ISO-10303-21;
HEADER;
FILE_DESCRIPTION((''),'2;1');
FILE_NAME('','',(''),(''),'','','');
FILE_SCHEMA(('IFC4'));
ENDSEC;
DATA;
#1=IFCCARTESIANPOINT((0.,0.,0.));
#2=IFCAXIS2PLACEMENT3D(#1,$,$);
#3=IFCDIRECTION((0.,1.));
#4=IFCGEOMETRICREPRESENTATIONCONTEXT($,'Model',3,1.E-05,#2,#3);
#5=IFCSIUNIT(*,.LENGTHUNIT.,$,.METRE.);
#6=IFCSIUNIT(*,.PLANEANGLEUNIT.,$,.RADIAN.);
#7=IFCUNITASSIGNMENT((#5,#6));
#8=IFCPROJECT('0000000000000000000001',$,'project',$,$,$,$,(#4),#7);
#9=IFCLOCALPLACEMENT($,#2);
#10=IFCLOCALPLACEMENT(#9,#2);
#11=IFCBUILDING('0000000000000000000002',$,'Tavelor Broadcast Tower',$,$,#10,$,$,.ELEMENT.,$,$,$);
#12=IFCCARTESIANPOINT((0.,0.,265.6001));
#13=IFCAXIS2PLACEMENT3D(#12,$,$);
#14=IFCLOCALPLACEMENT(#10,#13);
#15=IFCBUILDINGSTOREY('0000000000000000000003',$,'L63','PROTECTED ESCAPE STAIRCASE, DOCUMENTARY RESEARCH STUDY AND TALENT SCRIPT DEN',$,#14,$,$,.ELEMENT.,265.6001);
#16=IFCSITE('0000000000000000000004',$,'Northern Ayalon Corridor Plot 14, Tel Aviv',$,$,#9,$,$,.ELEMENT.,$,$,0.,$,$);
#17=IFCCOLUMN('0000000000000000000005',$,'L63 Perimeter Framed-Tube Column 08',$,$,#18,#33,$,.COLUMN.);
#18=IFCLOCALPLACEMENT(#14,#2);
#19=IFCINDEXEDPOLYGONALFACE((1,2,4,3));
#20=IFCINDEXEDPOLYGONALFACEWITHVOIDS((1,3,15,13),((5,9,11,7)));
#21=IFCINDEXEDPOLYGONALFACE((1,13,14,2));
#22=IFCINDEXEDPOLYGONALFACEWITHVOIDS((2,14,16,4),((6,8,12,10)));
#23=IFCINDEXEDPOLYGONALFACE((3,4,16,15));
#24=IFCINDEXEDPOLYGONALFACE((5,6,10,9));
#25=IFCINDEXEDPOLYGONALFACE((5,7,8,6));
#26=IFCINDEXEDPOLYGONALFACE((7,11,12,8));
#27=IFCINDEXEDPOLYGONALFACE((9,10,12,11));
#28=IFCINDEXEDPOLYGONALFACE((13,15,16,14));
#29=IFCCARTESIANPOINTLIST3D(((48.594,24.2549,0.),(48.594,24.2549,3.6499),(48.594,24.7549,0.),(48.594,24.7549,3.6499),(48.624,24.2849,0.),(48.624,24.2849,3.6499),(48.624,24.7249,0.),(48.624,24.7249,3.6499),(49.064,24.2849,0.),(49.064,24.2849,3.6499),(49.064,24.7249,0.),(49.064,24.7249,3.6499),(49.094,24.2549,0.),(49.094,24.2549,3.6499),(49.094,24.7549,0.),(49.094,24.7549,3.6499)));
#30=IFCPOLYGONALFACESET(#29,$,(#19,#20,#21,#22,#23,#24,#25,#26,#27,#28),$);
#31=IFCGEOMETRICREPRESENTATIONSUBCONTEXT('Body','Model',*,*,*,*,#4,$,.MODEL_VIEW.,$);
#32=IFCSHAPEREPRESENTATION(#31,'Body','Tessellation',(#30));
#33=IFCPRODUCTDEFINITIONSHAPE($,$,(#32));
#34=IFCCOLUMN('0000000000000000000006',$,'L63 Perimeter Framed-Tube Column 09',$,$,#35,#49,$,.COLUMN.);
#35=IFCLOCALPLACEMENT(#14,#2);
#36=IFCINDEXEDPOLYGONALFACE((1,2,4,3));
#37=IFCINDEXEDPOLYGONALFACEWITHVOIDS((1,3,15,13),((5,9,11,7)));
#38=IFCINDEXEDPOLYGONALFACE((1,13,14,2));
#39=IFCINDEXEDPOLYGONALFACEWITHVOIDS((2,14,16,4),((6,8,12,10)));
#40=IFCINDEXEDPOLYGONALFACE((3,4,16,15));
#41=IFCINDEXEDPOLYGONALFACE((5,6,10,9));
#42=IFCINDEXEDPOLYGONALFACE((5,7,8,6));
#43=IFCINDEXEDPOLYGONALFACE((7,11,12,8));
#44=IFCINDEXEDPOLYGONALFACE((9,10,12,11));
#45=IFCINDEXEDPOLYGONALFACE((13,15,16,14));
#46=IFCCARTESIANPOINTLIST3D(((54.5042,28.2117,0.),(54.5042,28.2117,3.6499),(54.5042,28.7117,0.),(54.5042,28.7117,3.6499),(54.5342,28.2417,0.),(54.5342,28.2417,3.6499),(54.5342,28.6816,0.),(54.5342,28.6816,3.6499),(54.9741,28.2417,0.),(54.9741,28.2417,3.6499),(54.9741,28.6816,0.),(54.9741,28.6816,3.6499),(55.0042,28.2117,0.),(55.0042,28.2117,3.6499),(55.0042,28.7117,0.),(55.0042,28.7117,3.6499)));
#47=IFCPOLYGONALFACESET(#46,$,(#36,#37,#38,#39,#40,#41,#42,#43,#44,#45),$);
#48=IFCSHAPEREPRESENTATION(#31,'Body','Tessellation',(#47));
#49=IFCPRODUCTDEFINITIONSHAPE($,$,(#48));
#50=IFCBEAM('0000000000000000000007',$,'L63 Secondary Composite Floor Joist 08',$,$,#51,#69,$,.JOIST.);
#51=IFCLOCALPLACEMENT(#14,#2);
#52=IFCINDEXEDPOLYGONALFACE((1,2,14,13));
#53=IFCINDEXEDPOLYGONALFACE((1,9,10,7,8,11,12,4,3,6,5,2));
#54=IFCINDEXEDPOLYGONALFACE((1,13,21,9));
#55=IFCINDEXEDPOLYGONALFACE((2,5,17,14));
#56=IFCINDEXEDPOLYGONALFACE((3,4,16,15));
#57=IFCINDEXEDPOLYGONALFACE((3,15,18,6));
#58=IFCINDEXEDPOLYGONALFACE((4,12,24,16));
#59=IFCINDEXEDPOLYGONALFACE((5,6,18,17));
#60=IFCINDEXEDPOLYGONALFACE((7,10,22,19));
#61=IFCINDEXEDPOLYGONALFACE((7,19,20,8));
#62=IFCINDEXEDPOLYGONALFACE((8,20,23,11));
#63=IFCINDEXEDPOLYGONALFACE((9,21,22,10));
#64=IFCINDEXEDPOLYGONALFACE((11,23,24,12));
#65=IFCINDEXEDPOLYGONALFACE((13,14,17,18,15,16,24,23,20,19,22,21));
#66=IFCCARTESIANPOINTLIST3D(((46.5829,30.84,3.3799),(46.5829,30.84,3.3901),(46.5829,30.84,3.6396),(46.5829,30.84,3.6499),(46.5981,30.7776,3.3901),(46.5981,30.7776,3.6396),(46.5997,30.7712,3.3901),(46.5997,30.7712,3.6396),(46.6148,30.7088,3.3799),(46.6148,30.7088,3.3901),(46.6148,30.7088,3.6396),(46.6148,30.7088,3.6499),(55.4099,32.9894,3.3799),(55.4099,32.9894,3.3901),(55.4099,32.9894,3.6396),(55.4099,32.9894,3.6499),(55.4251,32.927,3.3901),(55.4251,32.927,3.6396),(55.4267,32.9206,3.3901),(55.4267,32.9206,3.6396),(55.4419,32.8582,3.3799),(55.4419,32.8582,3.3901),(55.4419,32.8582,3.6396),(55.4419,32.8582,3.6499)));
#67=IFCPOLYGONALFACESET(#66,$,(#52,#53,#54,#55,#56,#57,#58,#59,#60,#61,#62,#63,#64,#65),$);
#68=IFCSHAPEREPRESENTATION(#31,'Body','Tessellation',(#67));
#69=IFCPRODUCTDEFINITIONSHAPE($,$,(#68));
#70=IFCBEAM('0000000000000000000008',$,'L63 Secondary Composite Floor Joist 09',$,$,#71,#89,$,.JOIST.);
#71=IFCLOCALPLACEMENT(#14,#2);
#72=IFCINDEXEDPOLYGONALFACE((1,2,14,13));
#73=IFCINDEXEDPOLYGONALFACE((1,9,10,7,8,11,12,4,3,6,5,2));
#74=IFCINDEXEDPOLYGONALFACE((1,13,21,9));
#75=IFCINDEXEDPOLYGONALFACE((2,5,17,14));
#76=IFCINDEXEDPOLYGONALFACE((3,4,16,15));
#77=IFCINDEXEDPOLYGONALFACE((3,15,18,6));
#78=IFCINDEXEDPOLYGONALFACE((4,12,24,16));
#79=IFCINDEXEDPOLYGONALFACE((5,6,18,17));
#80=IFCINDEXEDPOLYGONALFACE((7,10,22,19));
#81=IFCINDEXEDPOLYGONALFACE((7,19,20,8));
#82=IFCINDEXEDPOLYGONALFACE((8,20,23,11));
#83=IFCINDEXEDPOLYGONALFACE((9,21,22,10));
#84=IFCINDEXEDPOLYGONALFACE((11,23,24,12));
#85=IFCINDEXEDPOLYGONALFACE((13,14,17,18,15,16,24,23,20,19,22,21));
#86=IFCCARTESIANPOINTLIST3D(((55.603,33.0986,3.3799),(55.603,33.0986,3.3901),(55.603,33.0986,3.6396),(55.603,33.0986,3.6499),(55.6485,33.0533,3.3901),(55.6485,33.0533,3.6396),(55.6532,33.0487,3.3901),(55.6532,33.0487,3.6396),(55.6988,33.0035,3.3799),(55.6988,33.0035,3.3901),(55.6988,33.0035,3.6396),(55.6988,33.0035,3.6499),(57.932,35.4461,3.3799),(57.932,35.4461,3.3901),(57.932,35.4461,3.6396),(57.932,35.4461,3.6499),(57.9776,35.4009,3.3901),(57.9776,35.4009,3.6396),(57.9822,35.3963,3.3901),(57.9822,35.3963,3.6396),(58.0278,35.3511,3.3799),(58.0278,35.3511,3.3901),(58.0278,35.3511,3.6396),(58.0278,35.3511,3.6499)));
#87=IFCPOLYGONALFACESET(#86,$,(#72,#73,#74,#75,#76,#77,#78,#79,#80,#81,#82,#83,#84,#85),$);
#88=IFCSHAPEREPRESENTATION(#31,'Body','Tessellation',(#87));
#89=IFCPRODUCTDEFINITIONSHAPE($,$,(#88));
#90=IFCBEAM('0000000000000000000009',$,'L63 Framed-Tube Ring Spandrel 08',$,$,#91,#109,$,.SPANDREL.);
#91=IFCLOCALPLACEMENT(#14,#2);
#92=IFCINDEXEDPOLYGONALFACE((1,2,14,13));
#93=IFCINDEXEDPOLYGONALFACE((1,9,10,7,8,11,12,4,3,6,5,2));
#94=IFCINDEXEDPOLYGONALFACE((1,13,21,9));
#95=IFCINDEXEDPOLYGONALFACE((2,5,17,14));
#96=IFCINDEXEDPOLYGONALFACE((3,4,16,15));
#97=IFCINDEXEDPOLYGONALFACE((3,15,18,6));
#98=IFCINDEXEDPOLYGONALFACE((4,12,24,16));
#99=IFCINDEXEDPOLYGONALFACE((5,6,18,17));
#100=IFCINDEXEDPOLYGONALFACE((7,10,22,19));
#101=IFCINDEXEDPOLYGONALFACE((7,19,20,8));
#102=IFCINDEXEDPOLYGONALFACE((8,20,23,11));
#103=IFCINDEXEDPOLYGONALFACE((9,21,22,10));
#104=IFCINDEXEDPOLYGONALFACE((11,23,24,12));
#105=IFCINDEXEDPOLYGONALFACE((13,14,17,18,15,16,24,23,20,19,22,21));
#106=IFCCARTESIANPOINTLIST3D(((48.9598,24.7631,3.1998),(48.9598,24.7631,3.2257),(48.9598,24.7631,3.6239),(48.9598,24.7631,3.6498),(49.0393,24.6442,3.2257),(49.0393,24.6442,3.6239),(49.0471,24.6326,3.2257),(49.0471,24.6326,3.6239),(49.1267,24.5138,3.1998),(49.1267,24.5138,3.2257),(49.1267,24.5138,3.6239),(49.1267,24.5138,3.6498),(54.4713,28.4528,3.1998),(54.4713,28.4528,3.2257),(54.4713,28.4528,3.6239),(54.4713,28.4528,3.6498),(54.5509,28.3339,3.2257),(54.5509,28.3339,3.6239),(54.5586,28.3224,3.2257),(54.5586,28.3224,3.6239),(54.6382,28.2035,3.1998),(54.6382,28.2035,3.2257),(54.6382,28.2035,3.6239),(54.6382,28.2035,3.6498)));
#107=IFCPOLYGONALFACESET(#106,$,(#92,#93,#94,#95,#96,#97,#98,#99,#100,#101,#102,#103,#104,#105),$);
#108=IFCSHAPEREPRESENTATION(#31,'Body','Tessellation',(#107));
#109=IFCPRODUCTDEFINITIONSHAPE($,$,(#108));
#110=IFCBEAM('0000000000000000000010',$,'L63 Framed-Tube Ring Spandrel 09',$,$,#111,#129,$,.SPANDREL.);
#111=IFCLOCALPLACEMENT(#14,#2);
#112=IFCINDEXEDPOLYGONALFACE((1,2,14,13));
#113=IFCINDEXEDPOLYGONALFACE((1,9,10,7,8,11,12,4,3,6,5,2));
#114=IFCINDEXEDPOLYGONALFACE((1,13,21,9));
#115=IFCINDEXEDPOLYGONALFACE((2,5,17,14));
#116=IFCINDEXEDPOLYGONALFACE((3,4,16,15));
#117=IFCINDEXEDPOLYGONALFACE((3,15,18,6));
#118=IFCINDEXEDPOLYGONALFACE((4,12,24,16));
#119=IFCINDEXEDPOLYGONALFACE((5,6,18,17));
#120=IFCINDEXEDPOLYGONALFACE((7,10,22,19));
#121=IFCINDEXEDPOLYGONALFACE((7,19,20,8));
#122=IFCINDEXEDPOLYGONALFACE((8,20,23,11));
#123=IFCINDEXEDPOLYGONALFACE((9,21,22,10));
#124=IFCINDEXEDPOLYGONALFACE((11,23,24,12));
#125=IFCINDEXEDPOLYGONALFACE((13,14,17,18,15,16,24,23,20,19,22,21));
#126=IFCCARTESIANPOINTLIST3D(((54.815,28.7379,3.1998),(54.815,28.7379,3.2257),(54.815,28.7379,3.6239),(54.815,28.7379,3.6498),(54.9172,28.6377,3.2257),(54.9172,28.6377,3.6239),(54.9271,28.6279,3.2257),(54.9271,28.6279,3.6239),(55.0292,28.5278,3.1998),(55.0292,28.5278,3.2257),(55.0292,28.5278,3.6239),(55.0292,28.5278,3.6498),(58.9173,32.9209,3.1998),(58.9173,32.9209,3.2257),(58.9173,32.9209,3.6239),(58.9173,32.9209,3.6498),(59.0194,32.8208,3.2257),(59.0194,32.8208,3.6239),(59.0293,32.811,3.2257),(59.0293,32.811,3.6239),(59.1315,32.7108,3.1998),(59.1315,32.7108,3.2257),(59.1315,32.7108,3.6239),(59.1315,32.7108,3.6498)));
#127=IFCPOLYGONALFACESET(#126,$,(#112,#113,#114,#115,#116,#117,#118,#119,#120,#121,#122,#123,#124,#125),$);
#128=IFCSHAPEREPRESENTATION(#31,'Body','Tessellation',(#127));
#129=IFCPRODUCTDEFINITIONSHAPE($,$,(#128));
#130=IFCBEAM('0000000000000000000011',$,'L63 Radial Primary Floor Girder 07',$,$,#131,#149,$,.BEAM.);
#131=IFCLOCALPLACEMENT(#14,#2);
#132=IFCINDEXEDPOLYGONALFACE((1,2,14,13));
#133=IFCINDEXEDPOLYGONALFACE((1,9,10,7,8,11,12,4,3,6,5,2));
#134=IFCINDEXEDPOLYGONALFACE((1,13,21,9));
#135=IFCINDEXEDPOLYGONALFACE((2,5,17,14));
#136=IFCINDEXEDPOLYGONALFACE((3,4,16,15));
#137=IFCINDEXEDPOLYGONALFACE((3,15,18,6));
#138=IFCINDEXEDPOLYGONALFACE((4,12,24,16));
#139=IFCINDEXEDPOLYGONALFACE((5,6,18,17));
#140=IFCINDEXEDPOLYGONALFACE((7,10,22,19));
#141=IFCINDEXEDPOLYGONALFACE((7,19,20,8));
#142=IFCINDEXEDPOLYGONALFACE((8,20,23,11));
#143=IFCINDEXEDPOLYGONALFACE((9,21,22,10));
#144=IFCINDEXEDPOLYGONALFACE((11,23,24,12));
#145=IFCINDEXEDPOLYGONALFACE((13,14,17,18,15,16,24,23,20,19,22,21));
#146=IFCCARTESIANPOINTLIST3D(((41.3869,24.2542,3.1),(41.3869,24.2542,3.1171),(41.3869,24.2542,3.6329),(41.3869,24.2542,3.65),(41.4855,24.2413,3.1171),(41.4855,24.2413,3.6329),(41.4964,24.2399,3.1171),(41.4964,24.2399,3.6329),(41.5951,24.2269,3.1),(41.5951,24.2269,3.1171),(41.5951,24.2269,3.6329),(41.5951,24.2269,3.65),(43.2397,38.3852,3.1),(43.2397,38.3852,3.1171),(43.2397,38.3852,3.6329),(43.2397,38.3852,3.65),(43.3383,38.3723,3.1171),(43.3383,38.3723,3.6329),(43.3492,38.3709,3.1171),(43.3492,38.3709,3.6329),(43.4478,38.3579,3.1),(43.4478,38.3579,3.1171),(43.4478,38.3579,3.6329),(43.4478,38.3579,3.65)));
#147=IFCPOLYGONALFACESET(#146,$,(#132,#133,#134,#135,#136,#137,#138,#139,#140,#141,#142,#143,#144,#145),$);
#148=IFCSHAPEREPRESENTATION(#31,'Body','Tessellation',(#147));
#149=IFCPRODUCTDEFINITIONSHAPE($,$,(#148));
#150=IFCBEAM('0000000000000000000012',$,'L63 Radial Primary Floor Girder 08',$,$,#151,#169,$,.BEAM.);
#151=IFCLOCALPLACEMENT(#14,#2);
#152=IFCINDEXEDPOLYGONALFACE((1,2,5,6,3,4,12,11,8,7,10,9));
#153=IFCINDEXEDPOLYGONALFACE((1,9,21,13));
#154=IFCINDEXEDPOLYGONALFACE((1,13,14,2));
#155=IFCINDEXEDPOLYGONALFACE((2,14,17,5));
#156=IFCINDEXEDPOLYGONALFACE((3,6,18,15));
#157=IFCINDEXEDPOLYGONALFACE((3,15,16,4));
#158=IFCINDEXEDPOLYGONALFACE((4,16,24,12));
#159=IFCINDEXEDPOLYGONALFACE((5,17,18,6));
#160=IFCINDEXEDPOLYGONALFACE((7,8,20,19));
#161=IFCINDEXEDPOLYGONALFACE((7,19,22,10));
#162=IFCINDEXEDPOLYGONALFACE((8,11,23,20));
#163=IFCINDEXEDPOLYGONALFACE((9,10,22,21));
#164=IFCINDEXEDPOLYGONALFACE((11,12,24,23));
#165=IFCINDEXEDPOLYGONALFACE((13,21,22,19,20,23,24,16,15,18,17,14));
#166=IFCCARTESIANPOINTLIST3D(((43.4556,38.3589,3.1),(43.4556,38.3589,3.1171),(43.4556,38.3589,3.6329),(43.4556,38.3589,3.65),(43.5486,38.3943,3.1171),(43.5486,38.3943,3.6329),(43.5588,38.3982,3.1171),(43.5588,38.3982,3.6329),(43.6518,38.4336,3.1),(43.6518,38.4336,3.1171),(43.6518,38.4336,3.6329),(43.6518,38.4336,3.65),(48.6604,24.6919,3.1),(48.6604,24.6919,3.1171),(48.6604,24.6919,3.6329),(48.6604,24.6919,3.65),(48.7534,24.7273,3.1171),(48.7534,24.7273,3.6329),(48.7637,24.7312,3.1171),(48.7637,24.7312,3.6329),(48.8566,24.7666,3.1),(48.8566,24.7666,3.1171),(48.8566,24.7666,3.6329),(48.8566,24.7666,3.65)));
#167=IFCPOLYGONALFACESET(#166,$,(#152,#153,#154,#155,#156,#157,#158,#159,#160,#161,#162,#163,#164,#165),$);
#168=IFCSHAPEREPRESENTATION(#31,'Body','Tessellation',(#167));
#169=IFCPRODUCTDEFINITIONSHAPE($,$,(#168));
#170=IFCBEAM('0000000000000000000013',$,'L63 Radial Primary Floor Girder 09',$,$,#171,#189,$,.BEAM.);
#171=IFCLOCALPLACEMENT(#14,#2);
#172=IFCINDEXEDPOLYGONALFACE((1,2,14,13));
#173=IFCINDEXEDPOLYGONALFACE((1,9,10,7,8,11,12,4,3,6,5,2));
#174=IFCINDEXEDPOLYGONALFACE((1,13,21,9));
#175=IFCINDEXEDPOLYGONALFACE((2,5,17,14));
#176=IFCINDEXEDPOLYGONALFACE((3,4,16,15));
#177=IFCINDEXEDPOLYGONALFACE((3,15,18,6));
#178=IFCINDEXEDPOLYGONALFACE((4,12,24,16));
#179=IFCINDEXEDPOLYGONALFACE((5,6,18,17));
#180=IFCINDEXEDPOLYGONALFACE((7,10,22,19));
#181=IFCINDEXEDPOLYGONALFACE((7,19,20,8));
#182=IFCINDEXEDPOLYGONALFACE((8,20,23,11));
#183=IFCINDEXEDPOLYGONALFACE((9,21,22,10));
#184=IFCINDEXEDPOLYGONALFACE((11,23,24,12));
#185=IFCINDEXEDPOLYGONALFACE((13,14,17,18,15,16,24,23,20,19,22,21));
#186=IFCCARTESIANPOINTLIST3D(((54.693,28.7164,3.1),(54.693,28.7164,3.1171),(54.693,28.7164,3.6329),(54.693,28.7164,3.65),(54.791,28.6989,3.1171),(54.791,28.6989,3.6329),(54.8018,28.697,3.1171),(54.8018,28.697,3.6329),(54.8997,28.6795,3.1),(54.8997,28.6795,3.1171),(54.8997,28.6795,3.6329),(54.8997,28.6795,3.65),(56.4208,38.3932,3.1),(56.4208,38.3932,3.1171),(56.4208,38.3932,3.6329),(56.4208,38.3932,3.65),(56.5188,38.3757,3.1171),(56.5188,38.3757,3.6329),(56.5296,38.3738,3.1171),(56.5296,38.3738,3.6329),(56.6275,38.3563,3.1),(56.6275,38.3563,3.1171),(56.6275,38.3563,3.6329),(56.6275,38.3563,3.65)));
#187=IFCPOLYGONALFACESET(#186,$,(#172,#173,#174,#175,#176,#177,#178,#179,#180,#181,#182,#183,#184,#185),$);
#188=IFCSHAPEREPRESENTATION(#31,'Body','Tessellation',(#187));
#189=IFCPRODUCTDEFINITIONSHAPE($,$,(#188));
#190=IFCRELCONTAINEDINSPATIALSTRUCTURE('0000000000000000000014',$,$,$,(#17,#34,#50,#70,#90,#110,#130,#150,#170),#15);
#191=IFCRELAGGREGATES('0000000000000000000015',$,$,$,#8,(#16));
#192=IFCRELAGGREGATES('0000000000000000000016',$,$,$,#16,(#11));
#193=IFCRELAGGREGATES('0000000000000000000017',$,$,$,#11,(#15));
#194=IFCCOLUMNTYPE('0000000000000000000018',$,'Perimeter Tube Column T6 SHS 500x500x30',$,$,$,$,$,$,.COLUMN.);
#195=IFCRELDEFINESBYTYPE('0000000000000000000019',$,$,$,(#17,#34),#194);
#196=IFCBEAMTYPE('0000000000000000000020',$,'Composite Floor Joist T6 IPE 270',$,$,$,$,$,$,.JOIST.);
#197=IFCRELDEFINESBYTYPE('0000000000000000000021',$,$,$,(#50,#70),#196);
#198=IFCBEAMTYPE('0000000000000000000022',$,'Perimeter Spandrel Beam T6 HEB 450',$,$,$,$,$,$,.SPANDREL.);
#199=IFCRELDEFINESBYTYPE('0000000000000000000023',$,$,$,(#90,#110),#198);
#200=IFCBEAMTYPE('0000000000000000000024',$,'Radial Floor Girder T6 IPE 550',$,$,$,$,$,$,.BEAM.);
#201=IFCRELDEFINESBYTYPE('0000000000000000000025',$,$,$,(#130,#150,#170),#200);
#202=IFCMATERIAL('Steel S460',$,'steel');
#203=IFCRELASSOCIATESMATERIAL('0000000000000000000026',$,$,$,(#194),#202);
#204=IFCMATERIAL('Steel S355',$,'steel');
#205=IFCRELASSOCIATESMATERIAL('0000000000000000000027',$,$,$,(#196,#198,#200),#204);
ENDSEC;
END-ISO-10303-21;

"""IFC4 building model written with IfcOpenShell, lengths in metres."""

from ifc_helpers import new_model, si_unit, direction, frame, origin, origin_2d, place, context, subcontext, project, spatial, hollow_rectangle, i_section, extrude, material, material_profile, profile_set, type_object, element, save


model = new_model("IFC4")

# Units and contexts
model_context = context("Model", 3, precision=1e-05, world=origin(), true_north=direction((0.0, 1.0)))
body_context = subcontext(model_context, "Body", "Model", "MODEL_VIEW")
ifc_project = project(units=[si_unit("LENGTHUNIT", "METRE"), si_unit("PLANEANGLEUNIT", "RADIAN")], contexts=[model_context])

# Site, building, storey
site_placement = place(None, origin())
site = spatial("IfcSite", under=ifc_project, at=site_placement, Name="Northern Ayalon Corridor Plot 14, Tel Aviv", CompositionType="ELEMENT", RefElevation=0.0)
building_placement = place(site_placement, origin())
building = spatial("IfcBuilding", under=site, at=building_placement, Name="Tavelor Broadcast Tower", CompositionType="ELEMENT")
storey_placement = place(building_placement, frame((0.0, 0.0, 265.6001)))
storey = spatial("IfcBuildingStorey", under=building, at=storey_placement, Name="L63", Description="PROTECTED ESCAPE STAIRCASE, DOCUMENTARY RESEARCH STUDY AND TALENT SCRIPT DEN", CompositionType="ELEMENT", Elevation=265.6001)

# Columns
ifc_material_1 = material(Name="Steel S460", Category="steel")
ifc_material_profile_1 = material_profile(ifc_material_1, hollow_rectangle(XDim=0.5, YDim=0.5, WallThickness=0.03, at=origin_2d()), Name="SHS 500x500x30")
ifc_profile_set_1 = profile_set([ifc_material_profile_1], Name="Steel S460")
column_type = type_object("IfcColumnType", Name="Perimeter Tube Column T6 SHS 500x500x30", PredefinedType="COLUMN", material=ifc_profile_set_1)
for number, where, z_axis, x_axis, name in (
    (1, (48.844, 24.5049, 0.0), (0.0, 0.0, 1.0), (1.0, 0.0, 0.0), "L63 Perimeter Framed-Tube Column 08"),
    (2, (54.7542, 28.4617, 0.0), (0.0, 0.0, 1.0), (1.0, 0.0, 0.0), "L63 Perimeter Framed-Tube Column 09"),
):
    element("IfcColumn", number, at=place(storey_placement, frame(where, z_axis=z_axis, x_axis=x_axis)), inside=storey, type_object=column_type, Name=name, PredefinedType="COLUMN", context=body_context, shape_type="SweptSolid", body=[
        extrude(hollow_rectangle(XDim=0.5, YDim=0.5, WallThickness=0.03, at=origin_2d()), origin(), (0.0, 0.0, 1.0), 3.6499),
    ])

# Beams
ifc_material_2 = material(Name="Steel S355", Category="steel")
ifc_material_profile_2 = material_profile(ifc_material_2, i_section(OverallWidth=0.135, OverallDepth=0.27, WebThickness=0.0066, FlangeThickness=0.0103, at=origin_2d()), Name="IPE 270")
ifc_profile_set_2 = profile_set([ifc_material_profile_2], Name="Steel S355")
beam_type_1 = type_object("IfcBeamType", Name="Composite Floor Joist T6 IPE 270", PredefinedType="JOIST", material=ifc_profile_set_2)
beam_1_placement = place(storey_placement, frame((46.5989, 30.7744, 3.5149), z_axis=(0.97161, 0.236587, 0.0), x_axis=(-0.236587, 0.97161, 0.0)))
element("IfcBeam", 3, at=beam_1_placement, inside=storey, type_object=beam_type_1, Name="L63 Secondary Composite Floor Joist 08", PredefinedType="JOIST", context=body_context, shape_type="SweptSolid", body=[
    extrude(i_section(OverallWidth=0.135, OverallDepth=0.27, WebThickness=0.0066, FlangeThickness=0.0103, at=origin_2d()), origin(), (0.0, 0.0, 1.0), 9.085),
])
beam_2_placement = place(storey_placement, frame((55.6509, 33.051, 3.5149), z_axis=(0.704296, 0.709907, 0.0), x_axis=(-0.709907, 0.704296, 0.0)))
element("IfcBeam", 4, at=beam_2_placement, inside=storey, type_object=beam_type_1, Name="L63 Secondary Composite Floor Joist 09", PredefinedType="JOIST", context=body_context, shape_type="SweptSolid", body=[
    extrude(i_section(OverallWidth=0.135, OverallDepth=0.27, WebThickness=0.0066, FlangeThickness=0.0103, at=origin_2d()), origin(), (0.0, 0.0, 1.0), 3.3069),
])
ifc_material_profile_3 = material_profile(ifc_material_2, i_section(OverallWidth=0.3, OverallDepth=0.45, WebThickness=0.0139, FlangeThickness=0.0259, at=origin_2d()), Name="HEB 450")
ifc_profile_set_3 = profile_set([ifc_material_profile_3], Name="Steel S355")
beam_type_2 = type_object("IfcBeamType", Name="Perimeter Spandrel Beam T6 HEB 450", PredefinedType="SPANDREL", material=ifc_profile_set_3)
beam_3_placement = place(storey_placement, frame((49.0432, 24.6384, 3.4248), z_axis=(0.830978, 0.556305, 0.0), x_axis=(-0.556305, 0.830978, 0.0)))
element("IfcBeam", 5, at=beam_3_placement, inside=storey, type_object=beam_type_2, Name="L63 Framed-Tube Ring Spandrel 08", PredefinedType="SPANDREL", context=body_context, shape_type="SweptSolid", body=[
    extrude(i_section(OverallWidth=0.3, OverallDepth=0.45, WebThickness=0.0139, FlangeThickness=0.0259, at=origin_2d()), origin(), (0.0, 0.0, 1.0), 6.6326),
])
beam_4_placement = place(storey_placement, frame((54.9221, 28.6328, 3.4248), z_axis=(0.700177, 0.713969, 0.0), x_axis=(-0.713969, 0.700177, 0.0)))
element("IfcBeam", 6, at=beam_4_placement, inside=storey, type_object=beam_type_2, Name="L63 Framed-Tube Ring Spandrel 09", PredefinedType="SPANDREL", context=body_context, shape_type="SweptSolid", body=[
    extrude(i_section(OverallWidth=0.3, OverallDepth=0.45, WebThickness=0.0139, FlangeThickness=0.0259, at=origin_2d()), origin(), (0.0, 0.0, 1.0), 5.8589),
])
ifc_material_profile_4 = material_profile(ifc_material_2, i_section(OverallWidth=0.21, OverallDepth=0.55, WebThickness=0.011, FlangeThickness=0.0171, at=origin_2d()), Name="IPE 550")
ifc_profile_set_4 = profile_set([ifc_material_profile_4], Name="Steel S355")
beam_type_3 = type_object("IfcBeamType", Name="Radial Floor Girder T6 IPE 550", PredefinedType="BEAM", material=ifc_profile_set_4)
beam_5_placement = place(storey_placement, frame((43.3438, 38.3716, 3.375), z_axis=(-0.130001, -0.991514, 0.0), x_axis=(0.991514, -0.130001, 0.0)))
element("IfcBeam", 7, at=beam_5_placement, inside=storey, type_object=beam_type_3, Name="L63 Radial Primary Floor Girder 07", PredefinedType="BEAM", context=body_context, shape_type="SweptSolid", body=[
    extrude(i_section(OverallWidth=0.21, OverallDepth=0.55, WebThickness=0.011, FlangeThickness=0.0171, at=origin_2d()), origin(), (0.0, 0.0, 1.0), 14.252),
])
beam_6_placement = place(storey_placement, frame((43.5537, 38.3962, 3.375), z_axis=(0.355897, -0.934525, 0.0), x_axis=(0.934525, 0.355897, 0.0)))
element("IfcBeam", 8, at=beam_6_placement, inside=storey, type_object=beam_type_3, Name="L63 Radial Primary Floor Girder 08", PredefinedType="BEAM", context=body_context, shape_type="SweptSolid", body=[
    extrude(i_section(OverallWidth=0.21, OverallDepth=0.55, WebThickness=0.011, FlangeThickness=0.0171, at=origin_2d()), origin(), (0.0, 0.0, 1.0), 14.6245),
])
beam_7_placement = place(storey_placement, frame((56.5242, 38.3748, 3.375), z_axis=(-0.17577, -0.984431, 0.0), x_axis=(0.984431, -0.17577, 0.0)))
element("IfcBeam", 9, at=beam_7_placement, inside=storey, type_object=beam_type_3, Name="L63 Radial Primary Floor Girder 09", PredefinedType="BEAM", context=body_context, shape_type="SweptSolid", body=[
    extrude(i_section(OverallWidth=0.21, OverallDepth=0.55, WebThickness=0.011, FlangeThickness=0.0171, at=origin_2d()), origin(), (0.0, 0.0, 1.0), 9.8298),
])

save(model, "model.ifc")
